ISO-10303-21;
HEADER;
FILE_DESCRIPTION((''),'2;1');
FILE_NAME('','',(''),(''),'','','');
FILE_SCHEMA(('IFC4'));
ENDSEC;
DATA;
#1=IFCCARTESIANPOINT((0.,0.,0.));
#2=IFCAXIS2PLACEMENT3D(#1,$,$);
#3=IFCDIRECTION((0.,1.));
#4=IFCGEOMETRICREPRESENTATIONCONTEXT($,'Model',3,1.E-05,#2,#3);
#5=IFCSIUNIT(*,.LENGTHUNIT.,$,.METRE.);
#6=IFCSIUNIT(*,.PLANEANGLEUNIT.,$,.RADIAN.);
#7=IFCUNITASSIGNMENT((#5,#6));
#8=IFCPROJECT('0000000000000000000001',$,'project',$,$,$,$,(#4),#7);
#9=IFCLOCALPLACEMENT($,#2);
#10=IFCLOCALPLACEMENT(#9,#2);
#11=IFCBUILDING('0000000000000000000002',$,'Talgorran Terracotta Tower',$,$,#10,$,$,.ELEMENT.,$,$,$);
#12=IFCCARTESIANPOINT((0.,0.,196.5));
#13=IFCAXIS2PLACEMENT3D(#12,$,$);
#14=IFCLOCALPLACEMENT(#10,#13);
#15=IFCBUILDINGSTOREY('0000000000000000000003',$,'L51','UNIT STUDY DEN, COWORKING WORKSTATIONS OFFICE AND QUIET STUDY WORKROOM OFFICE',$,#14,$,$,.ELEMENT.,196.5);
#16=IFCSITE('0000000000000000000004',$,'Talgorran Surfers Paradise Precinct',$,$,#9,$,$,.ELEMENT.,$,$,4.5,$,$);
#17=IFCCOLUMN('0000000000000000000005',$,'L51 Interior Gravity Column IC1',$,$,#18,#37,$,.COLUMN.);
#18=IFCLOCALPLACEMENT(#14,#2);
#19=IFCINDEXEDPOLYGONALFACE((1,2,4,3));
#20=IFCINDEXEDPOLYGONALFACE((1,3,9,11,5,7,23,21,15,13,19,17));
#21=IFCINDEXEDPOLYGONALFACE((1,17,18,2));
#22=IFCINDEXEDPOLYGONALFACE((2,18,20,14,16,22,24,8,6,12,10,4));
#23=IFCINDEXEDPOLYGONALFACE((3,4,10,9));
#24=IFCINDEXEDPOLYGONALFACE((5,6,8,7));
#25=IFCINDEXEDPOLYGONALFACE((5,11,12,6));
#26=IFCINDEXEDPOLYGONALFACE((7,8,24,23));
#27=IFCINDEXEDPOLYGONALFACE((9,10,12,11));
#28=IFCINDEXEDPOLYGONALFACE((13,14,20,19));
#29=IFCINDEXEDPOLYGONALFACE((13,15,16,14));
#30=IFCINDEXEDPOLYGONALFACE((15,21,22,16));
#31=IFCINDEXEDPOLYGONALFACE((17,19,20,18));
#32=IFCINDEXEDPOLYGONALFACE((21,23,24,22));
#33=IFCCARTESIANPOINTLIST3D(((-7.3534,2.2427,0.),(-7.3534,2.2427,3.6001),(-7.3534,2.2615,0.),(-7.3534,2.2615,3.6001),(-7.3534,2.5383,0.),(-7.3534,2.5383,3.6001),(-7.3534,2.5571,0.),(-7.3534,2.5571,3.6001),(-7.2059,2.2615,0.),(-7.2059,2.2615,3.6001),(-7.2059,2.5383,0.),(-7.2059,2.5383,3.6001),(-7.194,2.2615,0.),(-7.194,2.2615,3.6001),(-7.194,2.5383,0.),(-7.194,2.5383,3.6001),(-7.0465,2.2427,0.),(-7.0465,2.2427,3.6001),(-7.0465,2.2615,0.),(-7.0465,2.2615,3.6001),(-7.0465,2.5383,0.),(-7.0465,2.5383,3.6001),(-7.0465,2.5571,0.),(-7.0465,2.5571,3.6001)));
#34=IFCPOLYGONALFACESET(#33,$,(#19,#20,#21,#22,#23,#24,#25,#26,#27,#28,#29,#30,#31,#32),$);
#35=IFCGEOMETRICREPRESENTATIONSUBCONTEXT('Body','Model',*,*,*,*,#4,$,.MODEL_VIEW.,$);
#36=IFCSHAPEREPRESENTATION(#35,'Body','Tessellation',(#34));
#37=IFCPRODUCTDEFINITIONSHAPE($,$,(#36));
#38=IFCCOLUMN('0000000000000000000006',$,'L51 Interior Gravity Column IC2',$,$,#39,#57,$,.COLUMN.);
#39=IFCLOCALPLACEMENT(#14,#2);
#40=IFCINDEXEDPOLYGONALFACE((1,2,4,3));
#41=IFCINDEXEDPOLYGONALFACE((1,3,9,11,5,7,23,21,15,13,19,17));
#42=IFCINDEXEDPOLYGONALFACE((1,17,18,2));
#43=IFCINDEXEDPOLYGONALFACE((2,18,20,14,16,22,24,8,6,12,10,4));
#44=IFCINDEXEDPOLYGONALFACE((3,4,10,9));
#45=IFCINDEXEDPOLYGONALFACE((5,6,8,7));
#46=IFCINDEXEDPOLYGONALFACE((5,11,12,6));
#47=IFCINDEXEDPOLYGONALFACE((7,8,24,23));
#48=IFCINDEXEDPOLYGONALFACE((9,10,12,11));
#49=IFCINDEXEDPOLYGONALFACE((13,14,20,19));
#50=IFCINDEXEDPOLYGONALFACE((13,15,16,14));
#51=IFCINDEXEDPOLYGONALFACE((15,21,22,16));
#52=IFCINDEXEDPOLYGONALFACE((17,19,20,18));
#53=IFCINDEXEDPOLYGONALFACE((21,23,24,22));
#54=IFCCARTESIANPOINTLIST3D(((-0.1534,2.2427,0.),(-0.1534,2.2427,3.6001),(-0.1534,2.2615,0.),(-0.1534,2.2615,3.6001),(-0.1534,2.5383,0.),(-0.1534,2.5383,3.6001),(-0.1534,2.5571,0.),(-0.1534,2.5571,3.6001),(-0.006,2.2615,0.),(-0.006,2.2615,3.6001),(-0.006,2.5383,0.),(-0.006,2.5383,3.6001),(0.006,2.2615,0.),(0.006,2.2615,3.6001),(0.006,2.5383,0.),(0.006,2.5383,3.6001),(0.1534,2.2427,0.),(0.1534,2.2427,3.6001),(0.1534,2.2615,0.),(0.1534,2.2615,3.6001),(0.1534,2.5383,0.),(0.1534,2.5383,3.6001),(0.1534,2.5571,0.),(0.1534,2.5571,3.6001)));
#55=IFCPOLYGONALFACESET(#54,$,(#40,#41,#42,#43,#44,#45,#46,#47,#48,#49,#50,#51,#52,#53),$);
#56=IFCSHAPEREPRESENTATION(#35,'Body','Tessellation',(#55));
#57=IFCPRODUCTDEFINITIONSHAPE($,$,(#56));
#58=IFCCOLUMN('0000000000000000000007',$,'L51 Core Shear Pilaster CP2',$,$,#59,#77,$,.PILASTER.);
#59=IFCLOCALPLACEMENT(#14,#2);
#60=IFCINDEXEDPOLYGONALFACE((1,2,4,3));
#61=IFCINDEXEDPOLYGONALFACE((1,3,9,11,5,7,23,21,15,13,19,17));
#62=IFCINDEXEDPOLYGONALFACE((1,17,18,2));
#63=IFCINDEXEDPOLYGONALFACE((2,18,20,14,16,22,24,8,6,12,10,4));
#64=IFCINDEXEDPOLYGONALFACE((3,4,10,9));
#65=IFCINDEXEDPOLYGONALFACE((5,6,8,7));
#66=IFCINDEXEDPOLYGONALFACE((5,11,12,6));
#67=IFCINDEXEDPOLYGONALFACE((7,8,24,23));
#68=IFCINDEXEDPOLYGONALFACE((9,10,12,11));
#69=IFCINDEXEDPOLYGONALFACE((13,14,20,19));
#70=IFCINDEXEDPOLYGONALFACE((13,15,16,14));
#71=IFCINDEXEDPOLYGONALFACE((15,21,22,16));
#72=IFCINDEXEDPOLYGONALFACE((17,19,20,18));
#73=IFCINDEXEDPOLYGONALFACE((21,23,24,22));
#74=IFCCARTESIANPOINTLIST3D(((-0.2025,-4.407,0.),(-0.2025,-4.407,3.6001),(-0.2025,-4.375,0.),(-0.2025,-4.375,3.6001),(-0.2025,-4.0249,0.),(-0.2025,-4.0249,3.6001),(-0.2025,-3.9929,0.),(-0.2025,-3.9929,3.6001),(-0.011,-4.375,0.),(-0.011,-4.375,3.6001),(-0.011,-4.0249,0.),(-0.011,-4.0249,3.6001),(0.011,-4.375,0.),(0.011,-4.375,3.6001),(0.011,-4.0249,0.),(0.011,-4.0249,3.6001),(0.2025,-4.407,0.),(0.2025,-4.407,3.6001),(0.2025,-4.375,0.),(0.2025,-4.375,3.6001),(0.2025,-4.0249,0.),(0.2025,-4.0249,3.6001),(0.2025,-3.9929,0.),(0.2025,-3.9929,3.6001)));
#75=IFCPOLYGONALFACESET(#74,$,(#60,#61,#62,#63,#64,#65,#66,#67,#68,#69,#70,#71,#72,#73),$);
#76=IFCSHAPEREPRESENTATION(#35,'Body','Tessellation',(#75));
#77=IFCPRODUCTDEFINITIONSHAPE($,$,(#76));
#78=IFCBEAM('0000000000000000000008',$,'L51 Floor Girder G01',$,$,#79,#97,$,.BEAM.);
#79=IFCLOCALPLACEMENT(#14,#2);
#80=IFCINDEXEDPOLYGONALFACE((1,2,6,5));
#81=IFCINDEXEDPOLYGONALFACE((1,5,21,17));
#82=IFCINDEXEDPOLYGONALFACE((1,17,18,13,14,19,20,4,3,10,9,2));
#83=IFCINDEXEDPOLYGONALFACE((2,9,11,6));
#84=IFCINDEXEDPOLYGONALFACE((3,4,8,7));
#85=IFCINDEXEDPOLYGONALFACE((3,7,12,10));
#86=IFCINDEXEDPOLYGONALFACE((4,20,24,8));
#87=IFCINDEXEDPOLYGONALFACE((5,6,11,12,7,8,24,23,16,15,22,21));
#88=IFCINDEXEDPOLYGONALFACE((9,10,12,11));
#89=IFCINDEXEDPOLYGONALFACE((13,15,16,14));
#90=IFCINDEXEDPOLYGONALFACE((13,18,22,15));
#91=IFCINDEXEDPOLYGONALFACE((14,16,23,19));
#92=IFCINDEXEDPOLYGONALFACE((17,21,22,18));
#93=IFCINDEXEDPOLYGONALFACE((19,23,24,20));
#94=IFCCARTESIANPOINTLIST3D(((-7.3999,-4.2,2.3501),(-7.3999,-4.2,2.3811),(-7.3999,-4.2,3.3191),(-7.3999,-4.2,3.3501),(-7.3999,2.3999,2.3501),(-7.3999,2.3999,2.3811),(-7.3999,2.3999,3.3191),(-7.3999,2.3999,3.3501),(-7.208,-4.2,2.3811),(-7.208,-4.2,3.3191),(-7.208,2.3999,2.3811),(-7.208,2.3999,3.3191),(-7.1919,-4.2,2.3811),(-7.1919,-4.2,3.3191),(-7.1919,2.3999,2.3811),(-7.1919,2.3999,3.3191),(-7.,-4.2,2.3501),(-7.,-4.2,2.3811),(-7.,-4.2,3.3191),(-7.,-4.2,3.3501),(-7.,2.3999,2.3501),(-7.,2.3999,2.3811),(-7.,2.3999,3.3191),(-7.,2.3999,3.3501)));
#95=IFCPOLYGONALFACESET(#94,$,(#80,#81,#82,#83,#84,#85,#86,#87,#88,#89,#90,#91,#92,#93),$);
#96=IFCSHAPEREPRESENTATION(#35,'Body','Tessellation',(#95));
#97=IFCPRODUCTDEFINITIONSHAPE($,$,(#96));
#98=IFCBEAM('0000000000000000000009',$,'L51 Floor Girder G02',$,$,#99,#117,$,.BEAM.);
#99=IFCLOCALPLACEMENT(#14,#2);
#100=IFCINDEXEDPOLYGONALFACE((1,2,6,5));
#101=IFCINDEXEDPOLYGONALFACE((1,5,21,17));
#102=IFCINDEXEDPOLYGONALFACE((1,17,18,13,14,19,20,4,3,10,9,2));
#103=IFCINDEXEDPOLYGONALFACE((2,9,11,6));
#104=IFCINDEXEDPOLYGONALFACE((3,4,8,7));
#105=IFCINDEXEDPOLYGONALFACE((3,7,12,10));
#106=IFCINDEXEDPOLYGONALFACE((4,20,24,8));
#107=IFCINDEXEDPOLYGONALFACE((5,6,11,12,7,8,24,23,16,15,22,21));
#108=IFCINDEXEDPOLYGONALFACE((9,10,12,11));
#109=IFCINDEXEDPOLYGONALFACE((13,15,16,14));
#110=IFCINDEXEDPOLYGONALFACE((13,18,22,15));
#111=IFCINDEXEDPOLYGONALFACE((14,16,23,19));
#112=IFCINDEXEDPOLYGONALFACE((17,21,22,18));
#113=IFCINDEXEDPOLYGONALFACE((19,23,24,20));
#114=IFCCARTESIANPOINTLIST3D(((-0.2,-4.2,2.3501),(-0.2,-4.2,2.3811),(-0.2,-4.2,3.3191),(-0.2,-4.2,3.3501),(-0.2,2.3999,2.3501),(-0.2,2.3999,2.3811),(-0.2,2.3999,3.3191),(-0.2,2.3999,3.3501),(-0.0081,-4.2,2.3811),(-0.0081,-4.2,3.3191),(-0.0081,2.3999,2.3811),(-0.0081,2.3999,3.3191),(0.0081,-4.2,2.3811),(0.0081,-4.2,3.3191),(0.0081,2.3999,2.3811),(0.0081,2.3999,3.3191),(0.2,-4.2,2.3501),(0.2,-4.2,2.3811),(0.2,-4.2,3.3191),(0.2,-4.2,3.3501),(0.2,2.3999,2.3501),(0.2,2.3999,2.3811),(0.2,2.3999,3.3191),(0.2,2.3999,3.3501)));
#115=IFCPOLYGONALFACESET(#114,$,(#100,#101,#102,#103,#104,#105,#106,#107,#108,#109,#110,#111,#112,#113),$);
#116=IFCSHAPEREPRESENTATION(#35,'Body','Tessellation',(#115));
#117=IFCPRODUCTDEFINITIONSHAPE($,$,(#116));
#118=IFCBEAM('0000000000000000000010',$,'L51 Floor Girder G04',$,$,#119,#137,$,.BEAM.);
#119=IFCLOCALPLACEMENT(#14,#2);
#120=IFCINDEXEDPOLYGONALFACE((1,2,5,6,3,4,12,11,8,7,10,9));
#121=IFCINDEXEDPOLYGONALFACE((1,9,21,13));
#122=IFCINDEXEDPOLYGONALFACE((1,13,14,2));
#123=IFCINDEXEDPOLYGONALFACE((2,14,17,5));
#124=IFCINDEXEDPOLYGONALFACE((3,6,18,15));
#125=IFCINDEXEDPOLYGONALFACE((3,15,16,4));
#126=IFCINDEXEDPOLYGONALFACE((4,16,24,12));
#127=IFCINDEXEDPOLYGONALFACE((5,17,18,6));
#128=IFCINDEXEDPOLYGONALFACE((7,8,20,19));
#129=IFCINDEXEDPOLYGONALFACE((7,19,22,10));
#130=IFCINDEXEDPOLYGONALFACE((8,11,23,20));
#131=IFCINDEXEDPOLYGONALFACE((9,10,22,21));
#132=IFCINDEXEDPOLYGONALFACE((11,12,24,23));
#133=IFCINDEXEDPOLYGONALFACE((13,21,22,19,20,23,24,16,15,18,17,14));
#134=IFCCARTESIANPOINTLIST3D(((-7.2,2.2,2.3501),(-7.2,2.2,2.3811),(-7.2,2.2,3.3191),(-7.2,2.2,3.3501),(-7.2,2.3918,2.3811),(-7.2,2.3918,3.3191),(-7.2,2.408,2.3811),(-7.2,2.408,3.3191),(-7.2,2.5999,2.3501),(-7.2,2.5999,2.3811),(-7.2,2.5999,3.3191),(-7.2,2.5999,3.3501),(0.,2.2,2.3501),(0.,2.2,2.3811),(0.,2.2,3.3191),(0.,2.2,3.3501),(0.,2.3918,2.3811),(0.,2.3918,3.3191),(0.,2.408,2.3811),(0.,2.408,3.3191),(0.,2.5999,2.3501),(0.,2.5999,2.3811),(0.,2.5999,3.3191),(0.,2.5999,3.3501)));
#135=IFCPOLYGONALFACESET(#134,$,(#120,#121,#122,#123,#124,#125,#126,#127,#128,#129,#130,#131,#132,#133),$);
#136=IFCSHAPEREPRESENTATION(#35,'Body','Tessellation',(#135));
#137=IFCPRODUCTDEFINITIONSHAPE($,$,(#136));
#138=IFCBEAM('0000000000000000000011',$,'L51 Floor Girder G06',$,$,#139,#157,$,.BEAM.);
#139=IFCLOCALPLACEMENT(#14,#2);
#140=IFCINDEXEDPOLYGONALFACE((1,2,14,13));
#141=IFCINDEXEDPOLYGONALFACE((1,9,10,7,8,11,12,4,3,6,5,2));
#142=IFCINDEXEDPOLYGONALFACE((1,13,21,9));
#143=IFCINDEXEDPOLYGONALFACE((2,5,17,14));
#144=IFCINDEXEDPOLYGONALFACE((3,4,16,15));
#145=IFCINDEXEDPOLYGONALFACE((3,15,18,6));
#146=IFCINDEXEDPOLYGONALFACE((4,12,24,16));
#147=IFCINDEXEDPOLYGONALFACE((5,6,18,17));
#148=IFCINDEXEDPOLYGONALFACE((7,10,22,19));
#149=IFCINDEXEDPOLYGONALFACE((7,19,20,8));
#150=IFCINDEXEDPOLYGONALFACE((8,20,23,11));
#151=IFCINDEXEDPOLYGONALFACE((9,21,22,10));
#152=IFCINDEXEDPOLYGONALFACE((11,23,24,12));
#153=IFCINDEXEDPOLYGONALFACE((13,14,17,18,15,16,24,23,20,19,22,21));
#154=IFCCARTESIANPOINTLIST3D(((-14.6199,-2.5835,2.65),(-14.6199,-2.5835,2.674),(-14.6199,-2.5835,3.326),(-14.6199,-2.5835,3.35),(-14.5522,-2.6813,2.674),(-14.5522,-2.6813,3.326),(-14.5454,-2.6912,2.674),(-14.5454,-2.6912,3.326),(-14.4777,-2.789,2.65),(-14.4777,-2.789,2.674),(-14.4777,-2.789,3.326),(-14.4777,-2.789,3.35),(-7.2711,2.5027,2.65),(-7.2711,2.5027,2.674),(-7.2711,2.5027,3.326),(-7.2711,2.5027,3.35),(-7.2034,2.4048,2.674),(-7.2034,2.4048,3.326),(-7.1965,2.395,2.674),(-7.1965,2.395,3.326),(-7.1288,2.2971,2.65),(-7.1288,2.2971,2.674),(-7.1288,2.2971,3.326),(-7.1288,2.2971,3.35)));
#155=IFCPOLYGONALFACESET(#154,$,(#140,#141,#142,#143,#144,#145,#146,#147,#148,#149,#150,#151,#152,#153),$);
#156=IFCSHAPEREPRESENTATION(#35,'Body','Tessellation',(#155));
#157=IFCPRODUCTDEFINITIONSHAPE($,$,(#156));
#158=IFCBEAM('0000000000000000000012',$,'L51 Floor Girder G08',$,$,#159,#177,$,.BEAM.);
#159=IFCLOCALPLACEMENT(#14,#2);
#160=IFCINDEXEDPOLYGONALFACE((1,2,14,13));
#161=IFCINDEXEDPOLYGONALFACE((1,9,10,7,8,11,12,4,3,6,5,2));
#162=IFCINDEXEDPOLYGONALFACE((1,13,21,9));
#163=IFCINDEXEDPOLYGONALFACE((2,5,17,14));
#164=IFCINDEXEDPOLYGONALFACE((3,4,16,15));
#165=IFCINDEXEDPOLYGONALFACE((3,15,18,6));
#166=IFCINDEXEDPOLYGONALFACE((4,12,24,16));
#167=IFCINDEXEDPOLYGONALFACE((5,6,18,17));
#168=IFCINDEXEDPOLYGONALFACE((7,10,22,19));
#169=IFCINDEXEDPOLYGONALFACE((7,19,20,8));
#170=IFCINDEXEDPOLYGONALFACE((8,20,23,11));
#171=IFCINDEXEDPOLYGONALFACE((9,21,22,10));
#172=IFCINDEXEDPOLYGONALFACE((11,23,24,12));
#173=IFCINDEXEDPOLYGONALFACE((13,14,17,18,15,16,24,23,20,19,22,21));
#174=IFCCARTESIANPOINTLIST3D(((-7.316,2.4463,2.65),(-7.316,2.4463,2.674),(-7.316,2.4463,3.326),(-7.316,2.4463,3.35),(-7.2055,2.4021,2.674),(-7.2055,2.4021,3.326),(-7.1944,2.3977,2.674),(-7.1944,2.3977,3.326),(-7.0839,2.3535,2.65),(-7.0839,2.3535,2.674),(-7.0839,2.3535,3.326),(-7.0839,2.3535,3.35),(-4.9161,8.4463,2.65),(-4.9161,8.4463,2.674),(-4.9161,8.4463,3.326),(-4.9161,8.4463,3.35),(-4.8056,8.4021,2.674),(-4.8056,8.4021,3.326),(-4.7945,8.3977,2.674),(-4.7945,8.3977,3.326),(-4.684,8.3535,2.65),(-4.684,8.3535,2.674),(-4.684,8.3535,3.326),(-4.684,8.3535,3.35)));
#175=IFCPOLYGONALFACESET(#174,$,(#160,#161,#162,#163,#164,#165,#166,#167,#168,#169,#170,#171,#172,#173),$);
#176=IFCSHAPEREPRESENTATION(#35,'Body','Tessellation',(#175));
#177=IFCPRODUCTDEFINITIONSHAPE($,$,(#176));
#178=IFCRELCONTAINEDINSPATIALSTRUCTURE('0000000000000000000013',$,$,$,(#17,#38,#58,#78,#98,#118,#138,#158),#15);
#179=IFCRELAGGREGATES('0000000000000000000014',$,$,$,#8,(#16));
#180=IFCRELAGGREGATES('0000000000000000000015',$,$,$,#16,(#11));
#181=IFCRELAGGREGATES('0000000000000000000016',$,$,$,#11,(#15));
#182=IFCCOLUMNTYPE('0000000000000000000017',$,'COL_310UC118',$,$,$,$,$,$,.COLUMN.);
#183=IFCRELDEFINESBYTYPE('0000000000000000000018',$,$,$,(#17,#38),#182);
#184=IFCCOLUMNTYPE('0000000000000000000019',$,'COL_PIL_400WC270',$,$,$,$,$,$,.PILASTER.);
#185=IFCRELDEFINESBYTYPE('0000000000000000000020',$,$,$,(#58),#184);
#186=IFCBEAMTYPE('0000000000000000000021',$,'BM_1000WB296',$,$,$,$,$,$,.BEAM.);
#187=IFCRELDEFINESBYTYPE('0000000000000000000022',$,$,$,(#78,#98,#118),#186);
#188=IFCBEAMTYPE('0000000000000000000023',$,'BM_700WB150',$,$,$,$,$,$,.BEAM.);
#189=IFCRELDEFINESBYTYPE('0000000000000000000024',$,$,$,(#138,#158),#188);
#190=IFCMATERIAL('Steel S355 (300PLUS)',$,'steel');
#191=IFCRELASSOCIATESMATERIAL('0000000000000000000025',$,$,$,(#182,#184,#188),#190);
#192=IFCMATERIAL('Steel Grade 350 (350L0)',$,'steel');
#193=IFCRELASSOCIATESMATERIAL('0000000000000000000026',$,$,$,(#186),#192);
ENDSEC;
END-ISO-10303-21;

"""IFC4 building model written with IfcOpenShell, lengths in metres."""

from ifc_helpers import new_model, si_unit, direction, frame, origin, origin_2d, place, context, subcontext, project, spatial, i_section, extrude, material, material_profile, profile_set, type_object, element, save


model = new_model("IFC4")

# Units and contexts
model_context = context("Model", 3, precision=1e-05, world=origin(), true_north=direction((0.0, 1.0)))
body_context = subcontext(model_context, "Body", "Model", "MODEL_VIEW")
ifc_project = project(units=[si_unit("LENGTHUNIT", "METRE"), si_unit("PLANEANGLEUNIT", "RADIAN")], contexts=[model_context])

# Site, building, storey
site_placement = place(None, origin())
site = spatial("IfcSite", under=ifc_project, at=site_placement, Name="Talgorran Surfers Paradise Precinct", CompositionType="ELEMENT", RefElevation=4.5)
building_placement = place(site_placement, origin())
building = spatial("IfcBuilding", under=site, at=building_placement, Name="Talgorran Terracotta Tower", CompositionType="ELEMENT")
storey_placement = place(building_placement, frame((0.0, 0.0, 196.5)))
storey = spatial("IfcBuildingStorey", under=building, at=storey_placement, Name="L51", Description="UNIT STUDY DEN, COWORKING WORKSTATIONS OFFICE AND QUIET STUDY WORKROOM OFFICE", CompositionType="ELEMENT", Elevation=196.5)

# Columns
ifc_material_1 = material(Name="Steel S355 (300PLUS)", Category="steel")
ifc_material_profile_1 = material_profile(ifc_material_1, i_section(OverallWidth=0.3069, OverallDepth=0.3145, WebThickness=0.012, FlangeThickness=0.0188, at=origin_2d()), Name="310UC118")
ifc_profile_set_1 = profile_set([ifc_material_profile_1], Name="Steel S355 (300PLUS)")
column_type_1 = type_object("IfcColumnType", Name="COL_310UC118", PredefinedType="COLUMN", material=ifc_profile_set_1)
for number, where, z_axis, x_axis, name in (
    (1, (-7.2, 2.3999, 0.0), (0.0, 0.0, 1.0), (1.0, 0.0, 0.0), "L51 Interior Gravity Column IC1"),
    (2, (0.0, 2.3999, 0.0), (0.0, 0.0, 1.0), (1.0, 0.0, 0.0), "L51 Interior Gravity Column IC2"),
):
    element("IfcColumn", number, at=place(storey_placement, frame(where, z_axis=z_axis, x_axis=x_axis)), inside=storey, type_object=column_type_1, Name=name, PredefinedType="COLUMN", context=body_context, shape_type="SweptSolid", body=[
        extrude(i_section(OverallWidth=0.3069, OverallDepth=0.3145, WebThickness=0.012, FlangeThickness=0.0188, at=origin_2d()), origin(), (0.0, 0.0, 1.0), 3.6001),
    ])
ifc_material_profile_2 = material_profile(ifc_material_1, i_section(OverallWidth=0.405, OverallDepth=0.4141, WebThickness=0.022, FlangeThickness=0.032, at=origin_2d()), Name="400WC270")
ifc_profile_set_2 = profile_set([ifc_material_profile_2], Name="Steel S355 (300PLUS)")
column_type_2 = type_object("IfcColumnType", Name="COL_PIL_400WC270", PredefinedType="PILASTER", material=ifc_profile_set_2)
column_placement = place(storey_placement, frame((0.0, -4.2, 0.0), z_axis=(0.0, 0.0, 1.0), x_axis=(1.0, 0.0, 0.0)))
element("IfcColumn", 3, at=column_placement, inside=storey, type_object=column_type_2, Name="L51 Core Shear Pilaster CP2", PredefinedType="PILASTER", context=body_context, shape_type="SweptSolid", body=[
    extrude(i_section(OverallWidth=0.405, OverallDepth=0.4141, WebThickness=0.022, FlangeThickness=0.032, at=origin_2d()), origin(), (0.0, 0.0, 1.0), 3.6001),
])

# Beams
ifc_material_2 = material(Name="Steel Grade 350 (350L0)", Category="steel")
ifc_material_profile_3 = material_profile(ifc_material_2, i_section(OverallWidth=0.3999, OverallDepth=1.0, WebThickness=0.0161, FlangeThickness=0.031, at=origin_2d()), Name="1000WB296")
ifc_profile_set_3 = profile_set([ifc_material_profile_3], Name="Steel Grade 350 (350L0)")
beam_type_1 = type_object("IfcBeamType", Name="BM_1000WB296", PredefinedType="BEAM", material=ifc_profile_set_3)
for number, where, z_axis, x_axis, name in (
    (4, (-7.2, -4.2, 2.8501), (0.0, 1.0, 0.0), (-1.0, 0.0, 0.0), "L51 Floor Girder G01"),
    (5, (0.0, -4.2, 2.8501), (0.0, 1.0, 0.0), (-1.0, 0.0, 0.0), "L51 Floor Girder G02"),
):
    element("IfcBeam", number, at=place(storey_placement, frame(where, z_axis=z_axis, x_axis=x_axis)), inside=storey, type_object=beam_type_1, Name=name, PredefinedType="BEAM", context=body_context, shape_type="SweptSolid", body=[
        extrude(i_section(OverallWidth=0.3999, OverallDepth=1.0, WebThickness=0.0161, FlangeThickness=0.031, at=origin_2d()), origin(), (0.0, 0.0, 1.0), 6.5999),
    ])
beam_1_placement = place(storey_placement, frame((-7.2, 2.3999, 2.8501), z_axis=(1.0, 0.0, 0.0), x_axis=(0.0, 1.0, 0.0)))
element("IfcBeam", 6, at=beam_1_placement, inside=storey, type_object=beam_type_1, Name="L51 Floor Girder G04", PredefinedType="BEAM", context=body_context, shape_type="SweptSolid", body=[
    extrude(i_section(OverallWidth=0.3999, OverallDepth=1.0, WebThickness=0.0161, FlangeThickness=0.031, at=origin_2d()), origin(), (0.0, 0.0, 1.0), 7.2),
])
ifc_material_profile_4 = material_profile(ifc_material_1, i_section(OverallWidth=0.25, OverallDepth=0.7, WebThickness=0.012, FlangeThickness=0.0239, at=origin_2d()), Name="700WB150")
ifc_profile_set_4 = profile_set([ifc_material_profile_4], Name="Steel S355 (300PLUS)")
beam_type_2 = type_object("IfcBeamType", Name="BM_700WB150", PredefinedType="BEAM", material=ifc_profile_set_4)
beam_2_placement = place(storey_placement, frame((-7.2, 2.3999, 3.0), z_axis=(-0.822271, -0.569096, 0.0), x_axis=(0.569096, -0.822271, 0.0)))
element("IfcBeam", 7, at=beam_2_placement, inside=storey, type_object=beam_type_2, Name="L51 Floor Girder G06", PredefinedType="BEAM", context=body_context, shape_type="SweptSolid", body=[
    extrude(i_section(OverallWidth=0.25, OverallDepth=0.7, WebThickness=0.012, FlangeThickness=0.0239, at=origin_2d()), origin(), (0.0, 0.0, 1.0), 8.9373),
])
beam_3_placement = place(storey_placement, frame((-7.2, 2.3999, 3.0), z_axis=(0.371378, 0.928482, 0.0), x_axis=(-0.928482, 0.371378, 0.0)))
element("IfcBeam", 8, at=beam_3_placement, inside=storey, type_object=beam_type_2, Name="L51 Floor Girder G08", PredefinedType="BEAM", context=body_context, shape_type="SweptSolid", body=[
    extrude(i_section(OverallWidth=0.25, OverallDepth=0.7, WebThickness=0.012, FlangeThickness=0.0239, at=origin_2d()), origin(), (0.0, 0.0, 1.0), 6.4622),
])

save(model, "model.ifc")
